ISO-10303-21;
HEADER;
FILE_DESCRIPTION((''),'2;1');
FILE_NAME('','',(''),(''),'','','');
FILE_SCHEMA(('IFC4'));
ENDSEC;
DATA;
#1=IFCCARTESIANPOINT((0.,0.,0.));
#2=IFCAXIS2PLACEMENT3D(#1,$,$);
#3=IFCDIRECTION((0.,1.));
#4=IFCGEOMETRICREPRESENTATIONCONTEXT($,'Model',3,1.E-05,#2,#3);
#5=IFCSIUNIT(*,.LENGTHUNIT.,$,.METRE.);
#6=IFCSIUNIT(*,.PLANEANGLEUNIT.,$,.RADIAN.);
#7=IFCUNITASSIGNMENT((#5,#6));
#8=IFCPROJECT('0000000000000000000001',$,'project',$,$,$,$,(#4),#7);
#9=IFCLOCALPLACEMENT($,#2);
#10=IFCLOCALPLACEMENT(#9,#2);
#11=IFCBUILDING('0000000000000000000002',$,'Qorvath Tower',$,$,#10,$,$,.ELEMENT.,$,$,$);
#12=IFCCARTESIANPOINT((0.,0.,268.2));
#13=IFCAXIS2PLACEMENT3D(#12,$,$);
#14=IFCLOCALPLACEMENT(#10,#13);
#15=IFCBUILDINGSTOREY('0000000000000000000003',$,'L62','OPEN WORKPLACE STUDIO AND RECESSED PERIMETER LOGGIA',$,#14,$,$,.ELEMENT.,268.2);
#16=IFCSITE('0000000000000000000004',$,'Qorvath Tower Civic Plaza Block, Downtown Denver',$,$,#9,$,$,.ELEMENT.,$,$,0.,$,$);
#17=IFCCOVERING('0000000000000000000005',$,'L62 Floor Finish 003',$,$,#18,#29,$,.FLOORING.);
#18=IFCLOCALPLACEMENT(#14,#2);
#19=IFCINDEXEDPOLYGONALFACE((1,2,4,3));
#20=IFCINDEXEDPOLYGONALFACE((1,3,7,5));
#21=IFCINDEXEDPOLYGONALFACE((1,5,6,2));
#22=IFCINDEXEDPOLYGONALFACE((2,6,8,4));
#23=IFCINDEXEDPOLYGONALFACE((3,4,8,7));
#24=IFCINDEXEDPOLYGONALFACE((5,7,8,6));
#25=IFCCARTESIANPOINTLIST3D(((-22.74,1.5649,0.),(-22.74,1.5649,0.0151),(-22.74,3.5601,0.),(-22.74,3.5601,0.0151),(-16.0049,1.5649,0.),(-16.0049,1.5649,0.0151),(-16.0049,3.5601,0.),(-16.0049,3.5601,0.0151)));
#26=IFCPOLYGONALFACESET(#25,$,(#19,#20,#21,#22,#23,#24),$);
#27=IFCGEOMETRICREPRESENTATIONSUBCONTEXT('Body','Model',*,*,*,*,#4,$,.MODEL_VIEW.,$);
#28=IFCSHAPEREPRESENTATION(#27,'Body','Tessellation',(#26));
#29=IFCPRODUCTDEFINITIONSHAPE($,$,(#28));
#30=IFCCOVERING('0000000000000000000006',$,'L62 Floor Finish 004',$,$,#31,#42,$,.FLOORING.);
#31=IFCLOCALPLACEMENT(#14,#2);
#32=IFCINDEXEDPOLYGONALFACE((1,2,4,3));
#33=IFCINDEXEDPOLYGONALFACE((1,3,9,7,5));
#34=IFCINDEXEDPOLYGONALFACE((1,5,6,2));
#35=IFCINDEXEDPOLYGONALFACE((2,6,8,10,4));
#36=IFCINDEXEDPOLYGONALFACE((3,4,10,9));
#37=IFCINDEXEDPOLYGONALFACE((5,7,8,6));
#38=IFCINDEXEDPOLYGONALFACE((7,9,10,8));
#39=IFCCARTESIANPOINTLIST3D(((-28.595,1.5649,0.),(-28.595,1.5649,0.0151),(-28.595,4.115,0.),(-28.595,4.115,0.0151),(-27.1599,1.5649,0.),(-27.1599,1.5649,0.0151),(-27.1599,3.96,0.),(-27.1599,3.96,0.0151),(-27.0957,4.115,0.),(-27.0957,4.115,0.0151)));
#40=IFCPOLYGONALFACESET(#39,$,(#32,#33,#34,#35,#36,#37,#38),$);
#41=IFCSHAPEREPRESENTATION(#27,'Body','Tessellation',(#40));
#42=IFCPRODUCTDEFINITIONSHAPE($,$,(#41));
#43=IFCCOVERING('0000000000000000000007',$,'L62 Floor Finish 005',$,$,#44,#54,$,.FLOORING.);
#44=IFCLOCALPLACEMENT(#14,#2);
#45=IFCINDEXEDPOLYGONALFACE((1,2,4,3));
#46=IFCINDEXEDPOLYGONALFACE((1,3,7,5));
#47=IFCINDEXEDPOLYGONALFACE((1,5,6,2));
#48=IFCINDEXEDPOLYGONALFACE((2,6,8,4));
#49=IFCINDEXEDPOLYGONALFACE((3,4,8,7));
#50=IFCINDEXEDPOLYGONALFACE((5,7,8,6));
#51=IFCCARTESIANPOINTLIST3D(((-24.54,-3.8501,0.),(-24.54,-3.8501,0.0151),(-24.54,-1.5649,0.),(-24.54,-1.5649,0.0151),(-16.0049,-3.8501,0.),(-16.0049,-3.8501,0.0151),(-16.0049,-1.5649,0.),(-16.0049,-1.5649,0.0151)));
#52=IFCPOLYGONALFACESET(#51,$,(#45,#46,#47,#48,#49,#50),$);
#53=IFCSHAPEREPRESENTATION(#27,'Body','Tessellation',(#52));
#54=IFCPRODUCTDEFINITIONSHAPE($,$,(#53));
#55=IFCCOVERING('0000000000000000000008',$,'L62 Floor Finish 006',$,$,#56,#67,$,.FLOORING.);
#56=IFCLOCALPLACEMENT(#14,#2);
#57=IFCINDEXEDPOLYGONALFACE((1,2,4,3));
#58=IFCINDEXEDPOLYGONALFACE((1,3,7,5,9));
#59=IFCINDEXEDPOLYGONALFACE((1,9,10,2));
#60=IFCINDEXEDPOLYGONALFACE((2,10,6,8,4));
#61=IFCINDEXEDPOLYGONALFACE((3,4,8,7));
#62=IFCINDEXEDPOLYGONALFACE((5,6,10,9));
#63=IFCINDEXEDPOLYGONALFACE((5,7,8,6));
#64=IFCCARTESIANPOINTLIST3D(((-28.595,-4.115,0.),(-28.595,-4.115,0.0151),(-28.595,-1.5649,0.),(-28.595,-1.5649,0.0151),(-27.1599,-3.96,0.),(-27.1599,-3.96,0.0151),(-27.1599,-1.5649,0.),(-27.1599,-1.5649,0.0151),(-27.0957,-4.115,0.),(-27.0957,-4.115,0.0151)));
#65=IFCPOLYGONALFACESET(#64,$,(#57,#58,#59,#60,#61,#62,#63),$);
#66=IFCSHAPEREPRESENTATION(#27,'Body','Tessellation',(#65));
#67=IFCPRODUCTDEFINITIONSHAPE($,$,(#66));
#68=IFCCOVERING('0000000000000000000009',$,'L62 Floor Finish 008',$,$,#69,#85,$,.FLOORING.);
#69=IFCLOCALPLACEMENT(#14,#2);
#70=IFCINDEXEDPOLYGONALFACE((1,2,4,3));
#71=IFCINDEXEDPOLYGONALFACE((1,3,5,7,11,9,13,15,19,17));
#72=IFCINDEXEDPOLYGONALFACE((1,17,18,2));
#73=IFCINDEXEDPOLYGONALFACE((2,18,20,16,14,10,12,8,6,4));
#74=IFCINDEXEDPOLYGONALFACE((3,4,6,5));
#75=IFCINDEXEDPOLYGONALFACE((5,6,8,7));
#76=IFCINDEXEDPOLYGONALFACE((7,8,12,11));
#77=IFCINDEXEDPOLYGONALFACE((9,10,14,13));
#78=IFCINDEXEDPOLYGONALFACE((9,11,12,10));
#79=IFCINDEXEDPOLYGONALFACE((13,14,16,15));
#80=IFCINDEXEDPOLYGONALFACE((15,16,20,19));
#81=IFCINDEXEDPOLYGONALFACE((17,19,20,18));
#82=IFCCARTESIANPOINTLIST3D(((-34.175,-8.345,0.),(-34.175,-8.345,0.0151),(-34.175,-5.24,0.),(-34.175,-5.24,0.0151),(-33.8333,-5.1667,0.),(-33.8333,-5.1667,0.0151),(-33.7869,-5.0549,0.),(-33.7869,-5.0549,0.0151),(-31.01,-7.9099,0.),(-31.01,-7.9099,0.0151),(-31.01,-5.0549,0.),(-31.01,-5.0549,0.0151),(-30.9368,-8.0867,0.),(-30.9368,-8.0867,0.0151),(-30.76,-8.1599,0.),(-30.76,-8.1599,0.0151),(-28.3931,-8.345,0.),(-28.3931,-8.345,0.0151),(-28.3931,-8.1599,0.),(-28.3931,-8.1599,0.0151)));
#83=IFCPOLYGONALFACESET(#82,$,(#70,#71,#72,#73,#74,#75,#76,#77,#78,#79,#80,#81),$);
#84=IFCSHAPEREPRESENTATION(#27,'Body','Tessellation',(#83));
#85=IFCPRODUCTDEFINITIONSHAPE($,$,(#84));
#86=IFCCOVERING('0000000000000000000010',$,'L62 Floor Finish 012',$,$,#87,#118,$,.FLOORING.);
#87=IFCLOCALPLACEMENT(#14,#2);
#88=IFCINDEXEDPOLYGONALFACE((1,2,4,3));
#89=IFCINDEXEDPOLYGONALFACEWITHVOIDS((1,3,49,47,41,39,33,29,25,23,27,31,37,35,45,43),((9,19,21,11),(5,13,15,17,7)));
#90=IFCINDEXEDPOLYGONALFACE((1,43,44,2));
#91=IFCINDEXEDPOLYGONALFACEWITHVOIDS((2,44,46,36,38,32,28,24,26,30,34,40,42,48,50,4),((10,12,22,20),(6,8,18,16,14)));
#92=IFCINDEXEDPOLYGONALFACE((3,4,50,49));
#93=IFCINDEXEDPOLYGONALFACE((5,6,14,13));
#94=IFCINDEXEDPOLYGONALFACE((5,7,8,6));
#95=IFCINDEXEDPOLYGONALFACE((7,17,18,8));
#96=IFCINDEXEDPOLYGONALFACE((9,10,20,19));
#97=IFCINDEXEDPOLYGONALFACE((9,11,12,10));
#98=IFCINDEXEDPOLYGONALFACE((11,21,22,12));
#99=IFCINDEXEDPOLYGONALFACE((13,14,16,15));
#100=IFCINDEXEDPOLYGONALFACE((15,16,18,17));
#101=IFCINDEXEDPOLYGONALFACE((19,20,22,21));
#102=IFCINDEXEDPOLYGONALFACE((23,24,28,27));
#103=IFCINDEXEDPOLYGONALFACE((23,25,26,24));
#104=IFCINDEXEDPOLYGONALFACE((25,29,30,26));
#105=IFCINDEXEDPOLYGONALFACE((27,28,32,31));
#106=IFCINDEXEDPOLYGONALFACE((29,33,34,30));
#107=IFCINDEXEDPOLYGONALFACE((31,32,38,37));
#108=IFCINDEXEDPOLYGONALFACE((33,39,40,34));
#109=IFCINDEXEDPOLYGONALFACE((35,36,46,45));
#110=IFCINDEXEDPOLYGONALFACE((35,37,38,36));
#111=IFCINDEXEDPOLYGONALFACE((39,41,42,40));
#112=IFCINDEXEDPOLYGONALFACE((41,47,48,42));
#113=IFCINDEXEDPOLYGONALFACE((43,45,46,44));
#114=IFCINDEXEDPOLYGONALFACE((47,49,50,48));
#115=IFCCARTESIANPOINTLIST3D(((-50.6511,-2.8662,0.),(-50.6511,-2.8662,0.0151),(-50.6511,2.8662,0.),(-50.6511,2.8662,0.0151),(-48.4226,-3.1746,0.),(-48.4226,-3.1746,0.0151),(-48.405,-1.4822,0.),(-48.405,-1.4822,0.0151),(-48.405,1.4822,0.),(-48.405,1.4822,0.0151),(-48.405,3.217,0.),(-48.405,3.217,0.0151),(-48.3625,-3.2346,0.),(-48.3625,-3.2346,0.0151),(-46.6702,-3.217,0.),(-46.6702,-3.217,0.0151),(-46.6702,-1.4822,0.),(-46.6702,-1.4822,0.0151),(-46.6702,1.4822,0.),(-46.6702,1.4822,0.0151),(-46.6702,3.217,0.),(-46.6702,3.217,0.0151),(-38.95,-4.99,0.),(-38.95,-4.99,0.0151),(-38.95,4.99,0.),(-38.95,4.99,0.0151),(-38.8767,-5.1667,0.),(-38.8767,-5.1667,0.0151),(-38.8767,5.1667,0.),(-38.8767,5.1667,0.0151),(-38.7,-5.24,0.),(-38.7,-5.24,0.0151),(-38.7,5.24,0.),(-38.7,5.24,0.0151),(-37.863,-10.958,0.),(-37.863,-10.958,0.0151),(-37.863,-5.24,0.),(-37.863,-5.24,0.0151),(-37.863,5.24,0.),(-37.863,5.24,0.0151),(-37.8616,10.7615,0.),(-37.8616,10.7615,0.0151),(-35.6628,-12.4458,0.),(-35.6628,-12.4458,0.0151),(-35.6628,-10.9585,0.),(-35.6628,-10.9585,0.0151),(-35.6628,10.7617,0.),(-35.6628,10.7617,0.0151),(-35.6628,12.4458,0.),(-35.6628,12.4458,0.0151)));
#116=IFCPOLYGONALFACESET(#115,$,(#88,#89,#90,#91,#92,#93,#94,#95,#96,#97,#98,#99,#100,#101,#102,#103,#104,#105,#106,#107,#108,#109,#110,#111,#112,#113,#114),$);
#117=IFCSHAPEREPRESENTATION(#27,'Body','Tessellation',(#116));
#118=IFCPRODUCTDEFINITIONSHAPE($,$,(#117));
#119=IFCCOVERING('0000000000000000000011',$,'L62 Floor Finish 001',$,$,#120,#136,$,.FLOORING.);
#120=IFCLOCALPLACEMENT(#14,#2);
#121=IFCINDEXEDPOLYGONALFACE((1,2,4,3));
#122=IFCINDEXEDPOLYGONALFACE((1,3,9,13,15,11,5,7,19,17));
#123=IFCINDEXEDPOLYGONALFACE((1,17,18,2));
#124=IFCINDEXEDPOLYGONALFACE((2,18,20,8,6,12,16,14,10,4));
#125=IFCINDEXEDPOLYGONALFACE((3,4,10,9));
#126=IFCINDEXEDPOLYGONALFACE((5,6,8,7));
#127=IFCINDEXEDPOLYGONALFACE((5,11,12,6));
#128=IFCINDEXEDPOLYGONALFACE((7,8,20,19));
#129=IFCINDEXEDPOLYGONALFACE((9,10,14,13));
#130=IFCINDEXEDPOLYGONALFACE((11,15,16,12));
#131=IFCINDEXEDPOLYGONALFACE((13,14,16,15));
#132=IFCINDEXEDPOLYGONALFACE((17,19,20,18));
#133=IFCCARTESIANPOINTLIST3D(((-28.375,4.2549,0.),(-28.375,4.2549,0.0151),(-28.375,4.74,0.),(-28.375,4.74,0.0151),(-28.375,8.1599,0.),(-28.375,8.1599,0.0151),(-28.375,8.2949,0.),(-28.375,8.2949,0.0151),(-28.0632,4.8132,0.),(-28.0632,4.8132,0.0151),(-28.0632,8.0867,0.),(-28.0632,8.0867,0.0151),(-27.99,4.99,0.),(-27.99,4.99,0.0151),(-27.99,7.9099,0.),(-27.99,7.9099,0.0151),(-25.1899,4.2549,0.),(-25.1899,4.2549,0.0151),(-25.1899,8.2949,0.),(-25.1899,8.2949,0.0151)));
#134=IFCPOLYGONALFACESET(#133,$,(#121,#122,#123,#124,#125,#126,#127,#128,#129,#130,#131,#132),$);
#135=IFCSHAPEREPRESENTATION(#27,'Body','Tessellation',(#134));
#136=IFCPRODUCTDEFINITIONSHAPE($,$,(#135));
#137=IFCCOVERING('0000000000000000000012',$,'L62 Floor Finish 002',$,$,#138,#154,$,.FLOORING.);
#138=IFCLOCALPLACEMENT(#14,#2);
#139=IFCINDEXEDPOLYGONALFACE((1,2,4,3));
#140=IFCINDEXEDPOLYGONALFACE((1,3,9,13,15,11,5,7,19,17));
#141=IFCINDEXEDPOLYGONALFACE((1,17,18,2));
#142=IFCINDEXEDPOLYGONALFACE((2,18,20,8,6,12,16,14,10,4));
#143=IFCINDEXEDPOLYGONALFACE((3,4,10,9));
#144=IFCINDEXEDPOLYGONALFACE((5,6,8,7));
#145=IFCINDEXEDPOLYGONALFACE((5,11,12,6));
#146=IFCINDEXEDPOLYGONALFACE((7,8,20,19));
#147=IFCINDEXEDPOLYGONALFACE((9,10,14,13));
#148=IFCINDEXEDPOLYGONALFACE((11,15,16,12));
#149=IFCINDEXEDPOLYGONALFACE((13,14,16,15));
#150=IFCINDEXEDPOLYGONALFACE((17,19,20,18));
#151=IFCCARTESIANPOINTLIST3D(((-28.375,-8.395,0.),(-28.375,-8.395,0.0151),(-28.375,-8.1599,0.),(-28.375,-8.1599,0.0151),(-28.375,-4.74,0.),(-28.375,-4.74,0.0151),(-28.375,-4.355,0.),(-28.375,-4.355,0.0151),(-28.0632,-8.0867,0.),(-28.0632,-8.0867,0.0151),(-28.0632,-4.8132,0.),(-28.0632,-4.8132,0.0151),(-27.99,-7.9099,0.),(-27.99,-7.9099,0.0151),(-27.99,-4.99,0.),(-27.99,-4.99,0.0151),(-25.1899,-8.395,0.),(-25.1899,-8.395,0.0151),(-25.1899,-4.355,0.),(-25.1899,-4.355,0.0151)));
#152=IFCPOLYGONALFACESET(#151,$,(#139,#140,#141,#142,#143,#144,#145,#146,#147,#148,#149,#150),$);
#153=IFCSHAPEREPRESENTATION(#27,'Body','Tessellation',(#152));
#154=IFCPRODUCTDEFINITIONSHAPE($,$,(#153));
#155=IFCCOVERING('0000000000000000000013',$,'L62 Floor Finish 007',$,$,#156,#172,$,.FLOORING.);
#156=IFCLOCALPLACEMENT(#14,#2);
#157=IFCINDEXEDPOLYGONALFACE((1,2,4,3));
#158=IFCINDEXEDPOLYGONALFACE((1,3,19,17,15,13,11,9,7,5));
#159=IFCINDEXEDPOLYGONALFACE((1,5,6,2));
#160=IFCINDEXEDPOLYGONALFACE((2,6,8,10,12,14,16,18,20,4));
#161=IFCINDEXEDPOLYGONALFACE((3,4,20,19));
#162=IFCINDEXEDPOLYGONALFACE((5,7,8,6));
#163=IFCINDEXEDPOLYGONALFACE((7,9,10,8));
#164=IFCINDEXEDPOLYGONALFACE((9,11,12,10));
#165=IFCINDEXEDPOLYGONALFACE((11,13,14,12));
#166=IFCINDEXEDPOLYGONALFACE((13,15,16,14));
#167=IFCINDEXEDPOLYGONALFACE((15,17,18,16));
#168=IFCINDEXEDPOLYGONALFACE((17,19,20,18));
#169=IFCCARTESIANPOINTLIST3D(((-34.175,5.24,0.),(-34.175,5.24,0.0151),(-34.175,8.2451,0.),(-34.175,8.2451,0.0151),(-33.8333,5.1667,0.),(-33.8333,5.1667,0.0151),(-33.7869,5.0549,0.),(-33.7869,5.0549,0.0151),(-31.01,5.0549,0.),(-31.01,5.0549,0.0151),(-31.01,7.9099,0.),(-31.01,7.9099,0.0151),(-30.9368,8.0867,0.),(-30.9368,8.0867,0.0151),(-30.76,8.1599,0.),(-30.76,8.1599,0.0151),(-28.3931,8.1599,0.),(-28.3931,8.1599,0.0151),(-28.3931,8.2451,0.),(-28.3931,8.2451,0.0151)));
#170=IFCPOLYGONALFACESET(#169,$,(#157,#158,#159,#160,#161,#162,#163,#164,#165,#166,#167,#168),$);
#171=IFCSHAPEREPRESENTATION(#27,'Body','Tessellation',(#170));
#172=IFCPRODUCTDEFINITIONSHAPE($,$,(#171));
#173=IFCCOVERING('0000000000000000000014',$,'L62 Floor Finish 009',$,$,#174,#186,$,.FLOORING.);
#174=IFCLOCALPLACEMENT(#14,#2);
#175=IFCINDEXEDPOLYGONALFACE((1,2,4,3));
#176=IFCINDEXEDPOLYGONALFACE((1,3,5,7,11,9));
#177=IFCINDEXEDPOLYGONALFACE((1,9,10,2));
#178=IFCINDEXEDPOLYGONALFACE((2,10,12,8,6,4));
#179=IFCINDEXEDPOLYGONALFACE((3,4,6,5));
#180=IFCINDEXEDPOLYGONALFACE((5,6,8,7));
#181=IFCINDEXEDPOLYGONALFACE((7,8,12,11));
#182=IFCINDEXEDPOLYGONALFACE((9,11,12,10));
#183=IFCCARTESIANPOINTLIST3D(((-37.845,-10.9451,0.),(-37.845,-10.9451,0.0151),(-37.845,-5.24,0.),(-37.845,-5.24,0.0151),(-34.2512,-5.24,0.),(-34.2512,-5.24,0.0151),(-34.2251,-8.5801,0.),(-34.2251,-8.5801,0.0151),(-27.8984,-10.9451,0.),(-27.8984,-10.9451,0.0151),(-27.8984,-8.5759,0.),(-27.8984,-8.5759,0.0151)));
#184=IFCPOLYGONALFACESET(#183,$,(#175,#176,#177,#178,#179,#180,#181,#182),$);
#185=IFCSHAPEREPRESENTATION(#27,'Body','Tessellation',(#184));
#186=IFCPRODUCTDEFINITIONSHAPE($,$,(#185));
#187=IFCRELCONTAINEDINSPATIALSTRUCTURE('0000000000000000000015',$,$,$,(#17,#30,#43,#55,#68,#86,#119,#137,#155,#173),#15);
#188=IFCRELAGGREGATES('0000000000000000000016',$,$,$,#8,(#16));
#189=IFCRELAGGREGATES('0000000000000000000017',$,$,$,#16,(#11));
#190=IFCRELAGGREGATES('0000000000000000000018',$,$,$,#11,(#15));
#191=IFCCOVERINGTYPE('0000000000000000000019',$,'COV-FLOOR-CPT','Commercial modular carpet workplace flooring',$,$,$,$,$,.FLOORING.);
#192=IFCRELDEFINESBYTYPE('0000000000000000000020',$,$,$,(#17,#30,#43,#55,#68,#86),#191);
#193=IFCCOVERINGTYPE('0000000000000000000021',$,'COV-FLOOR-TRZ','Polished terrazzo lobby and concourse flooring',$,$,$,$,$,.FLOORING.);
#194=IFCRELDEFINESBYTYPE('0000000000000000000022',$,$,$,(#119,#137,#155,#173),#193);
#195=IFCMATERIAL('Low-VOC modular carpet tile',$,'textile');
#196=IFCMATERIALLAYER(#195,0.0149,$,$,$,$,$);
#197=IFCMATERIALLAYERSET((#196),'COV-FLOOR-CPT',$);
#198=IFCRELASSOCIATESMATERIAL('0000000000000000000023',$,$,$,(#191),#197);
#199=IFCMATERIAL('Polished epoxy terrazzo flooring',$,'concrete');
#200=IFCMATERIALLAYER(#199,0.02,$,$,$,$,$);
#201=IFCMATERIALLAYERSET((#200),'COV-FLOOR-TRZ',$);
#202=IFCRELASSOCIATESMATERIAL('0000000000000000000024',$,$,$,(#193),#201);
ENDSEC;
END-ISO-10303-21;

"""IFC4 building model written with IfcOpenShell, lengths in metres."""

from ifc_helpers import new_model, si_unit, direction, frame, origin, place, context, subcontext, project, spatial, polyline, outline, extrude, material, layer, layer_set, type_object, element, save


model = new_model("IFC4")

# Units and contexts
model_context = context("Model", 3, precision=1e-05, world=origin(), true_north=direction((0.0, 1.0)))
body_context = subcontext(model_context, "Body", "Model", "MODEL_VIEW")
ifc_project = project(units=[si_unit("LENGTHUNIT", "METRE"), si_unit("PLANEANGLEUNIT", "RADIAN")], contexts=[model_context])

# Site, building, storey
site_placement = place(None, origin())
site = spatial("IfcSite", under=ifc_project, at=site_placement, Name="Qorvath Tower Civic Plaza Block, Downtown Denver", CompositionType="ELEMENT", RefElevation=0.0)
building_placement = place(site_placement, origin())
building = spatial("IfcBuilding", under=site, at=building_placement, Name="Qorvath Tower", CompositionType="ELEMENT")
storey_placement = place(building_placement, frame((0.0, 0.0, 268.2)))
storey = spatial("IfcBuildingStorey", under=building, at=storey_placement, Name="L62", Description="OPEN WORKPLACE STUDIO AND RECESSED PERIMETER LOGGIA", CompositionType="ELEMENT", Elevation=268.2)

# Coverings
ifc_material_1 = material(Name="Low-VOC modular carpet tile", Category="textile")
ifc_layer_1 = layer(ifc_material_1, 0.0149)
ifc_layer_set_1 = layer_set([ifc_layer_1], Name="COV-FLOOR-CPT")
covering_type_1 = type_object("IfcCoveringType", Name="COV-FLOOR-CPT", Description="Commercial modular carpet workplace flooring", PredefinedType="FLOORING", material=ifc_layer_set_1)
covering_1_placement = place(storey_placement, origin())
element("IfcCovering", 1, at=covering_1_placement, inside=storey, type_object=covering_type_1, Name="L62 Floor Finish 003", PredefinedType="FLOORING", context=body_context, shape_type="SweptSolid", body=[
    extrude(outline(polyline([(-16.0049, 3.5601), (-22.74, 3.5601), (-22.74, 1.5649), (-16.0049, 1.5649), (-16.0049, 3.5601)])), origin(), (0.0, 0.0, 1.0), 0.0151),
])
covering_2_placement = place(storey_placement, origin())
element("IfcCovering", 2, at=covering_2_placement, inside=storey, type_object=covering_type_1, Name="L62 Floor Finish 004", PredefinedType="FLOORING", context=body_context, shape_type="SweptSolid", body=[
    extrude(outline(polyline([(-27.1599, 1.5649), (-27.1599, 3.96), (-27.0957, 4.115), (-28.595, 4.115), (-28.595, 1.5649), (-27.1599, 1.5649)])), origin(), (0.0, 0.0, 1.0), 0.0151),
])
covering_3_placement = place(storey_placement, origin())
element("IfcCovering", 3, at=covering_3_placement, inside=storey, type_object=covering_type_1, Name="L62 Floor Finish 005", PredefinedType="FLOORING", context=body_context, shape_type="SweptSolid", body=[
    extrude(outline(polyline([(-24.54, -1.5649), (-24.54, -3.8501), (-16.0049, -3.8501), (-16.0049, -1.5649), (-24.54, -1.5649)])), origin(), (0.0, 0.0, 1.0), 0.0151),
])
covering_4_placement = place(storey_placement, origin())
element("IfcCovering", 4, at=covering_4_placement, inside=storey, type_object=covering_type_1, Name="L62 Floor Finish 006", PredefinedType="FLOORING", context=body_context, shape_type="SweptSolid", body=[
    extrude(outline(polyline([(-27.0957, -4.115), (-27.1599, -3.96), (-27.1599, -1.5649), (-28.595, -1.5649), (-28.595, -4.115), (-27.0957, -4.115)])), origin(), (0.0, 0.0, 1.0), 0.0151),
])
covering_5_placement = place(storey_placement, origin())
element("IfcCovering", 5, at=covering_5_placement, inside=storey, type_object=covering_type_1, Name="L62 Floor Finish 008", PredefinedType="FLOORING", context=body_context, shape_type="SweptSolid", body=[
    extrude(outline(polyline([(-33.7869, -5.0549), (-33.8333, -5.1667), (-34.175, -5.24), (-34.175, -8.345), (-28.3931, -8.345), (-28.3931, -8.1599), (-30.76, -8.1599), (-30.9368, -8.0867), (-31.01, -7.9099), (-31.01, -5.0549), (-33.7869, -5.0549)])), origin(), (0.0, 0.0, 1.0), 0.0151),
])
covering_6_placement = place(storey_placement, origin())
element("IfcCovering", 6, at=covering_6_placement, inside=storey, type_object=covering_type_1, Name="L62 Floor Finish 012", PredefinedType="FLOORING", context=body_context, shape_type="SweptSolid", body=[
    extrude(outline(polyline([(-50.6511, -2.8662), (-35.6628, -12.4458), (-35.6628, -10.9585), (-37.863, -10.958), (-37.863, -5.24), (-38.7, -5.24), (-38.8767, -5.1667), (-38.95, -4.99), (-38.95, 4.99), (-38.8767, 5.1667), (-38.7, 5.24), (-37.863, 5.24), (-37.8616, 10.7615), (-35.6628, 10.7617), (-35.6628, 12.4458), (-50.6511, 2.8662), (-50.6511, -2.8662)]), holes=[polyline([(-48.4226, -3.1746), (-48.405, -1.4822), (-46.6702, -1.4822), (-46.6702, -3.217), (-48.3625, -3.2346), (-48.4226, -3.1746)]), polyline([(-48.405, 1.4822), (-48.405, 3.217), (-46.6702, 3.217), (-46.6702, 1.4822), (-48.405, 1.4822)])]), origin(), (0.0, 0.0, 1.0), 0.0151),
])
ifc_material_2 = material(Name="Polished epoxy terrazzo flooring", Category="concrete")
ifc_layer_2 = layer(ifc_material_2, 0.02)
ifc_layer_set_2 = layer_set([ifc_layer_2], Name="COV-FLOOR-TRZ")
covering_type_2 = type_object("IfcCoveringType", Name="COV-FLOOR-TRZ", Description="Polished terrazzo lobby and concourse flooring", PredefinedType="FLOORING", material=ifc_layer_set_2)
covering_7_placement = place(storey_placement, origin())
element("IfcCovering", 7, at=covering_7_placement, inside=storey, type_object=covering_type_2, Name="L62 Floor Finish 001", PredefinedType="FLOORING", context=body_context, shape_type="SweptSolid", body=[
    extrude(outline(polyline([(-25.1899, 4.2549), (-25.1899, 8.2949), (-28.375, 8.2949), (-28.375, 8.1599), (-28.0632, 8.0867), (-27.99, 7.9099), (-27.99, 4.99), (-28.0632, 4.8132), (-28.375, 4.74), (-28.375, 4.2549), (-25.1899, 4.2549)])), origin(), (0.0, 0.0, 1.0), 0.0151),
])
covering_8_placement = place(storey_placement, origin())
element("IfcCovering", 8, at=covering_8_placement, inside=storey, type_object=covering_type_2, Name="L62 Floor Finish 002", PredefinedType="FLOORING", context=body_context, shape_type="SweptSolid", body=[
    extrude(outline(polyline([(-25.1899, -8.395), (-25.1899, -4.355), (-28.375, -4.355), (-28.375, -4.74), (-28.0632, -4.8132), (-27.99, -4.99), (-27.99, -7.9099), (-28.0632, -8.0867), (-28.375, -8.1599), (-28.375, -8.395), (-25.1899, -8.395)])), origin(), (0.0, 0.0, 1.0), 0.0151),
])
covering_9_placement = place(storey_placement, origin())
element("IfcCovering", 9, at=covering_9_placement, inside=storey, type_object=covering_type_2, Name="L62 Floor Finish 007", PredefinedType="FLOORING", context=body_context, shape_type="SweptSolid", body=[
    extrude(outline(polyline([(-31.01, 5.0549), (-31.01, 7.9099), (-30.9368, 8.0867), (-30.76, 8.1599), (-28.3931, 8.1599), (-28.3931, 8.2451), (-34.175, 8.2451), (-34.175, 5.24), (-33.8333, 5.1667), (-33.7869, 5.0549), (-31.01, 5.0549)])), origin(), (0.0, 0.0, 1.0), 0.0151),
])
covering_10_placement = place(storey_placement, origin())
element("IfcCovering", 10, at=covering_10_placement, inside=storey, type_object=covering_type_2, Name="L62 Floor Finish 009", PredefinedType="FLOORING", context=body_context, shape_type="SweptSolid", body=[
    extrude(outline(polyline([(-34.2251, -8.5801), (-34.2512, -5.24), (-37.845, -5.24), (-37.845, -10.9451), (-27.8984, -10.9451), (-27.8984, -8.5759), (-34.2251, -8.5801)])), origin(), (0.0, 0.0, 1.0), 0.0151),
])

save(model, "model.ifc")
